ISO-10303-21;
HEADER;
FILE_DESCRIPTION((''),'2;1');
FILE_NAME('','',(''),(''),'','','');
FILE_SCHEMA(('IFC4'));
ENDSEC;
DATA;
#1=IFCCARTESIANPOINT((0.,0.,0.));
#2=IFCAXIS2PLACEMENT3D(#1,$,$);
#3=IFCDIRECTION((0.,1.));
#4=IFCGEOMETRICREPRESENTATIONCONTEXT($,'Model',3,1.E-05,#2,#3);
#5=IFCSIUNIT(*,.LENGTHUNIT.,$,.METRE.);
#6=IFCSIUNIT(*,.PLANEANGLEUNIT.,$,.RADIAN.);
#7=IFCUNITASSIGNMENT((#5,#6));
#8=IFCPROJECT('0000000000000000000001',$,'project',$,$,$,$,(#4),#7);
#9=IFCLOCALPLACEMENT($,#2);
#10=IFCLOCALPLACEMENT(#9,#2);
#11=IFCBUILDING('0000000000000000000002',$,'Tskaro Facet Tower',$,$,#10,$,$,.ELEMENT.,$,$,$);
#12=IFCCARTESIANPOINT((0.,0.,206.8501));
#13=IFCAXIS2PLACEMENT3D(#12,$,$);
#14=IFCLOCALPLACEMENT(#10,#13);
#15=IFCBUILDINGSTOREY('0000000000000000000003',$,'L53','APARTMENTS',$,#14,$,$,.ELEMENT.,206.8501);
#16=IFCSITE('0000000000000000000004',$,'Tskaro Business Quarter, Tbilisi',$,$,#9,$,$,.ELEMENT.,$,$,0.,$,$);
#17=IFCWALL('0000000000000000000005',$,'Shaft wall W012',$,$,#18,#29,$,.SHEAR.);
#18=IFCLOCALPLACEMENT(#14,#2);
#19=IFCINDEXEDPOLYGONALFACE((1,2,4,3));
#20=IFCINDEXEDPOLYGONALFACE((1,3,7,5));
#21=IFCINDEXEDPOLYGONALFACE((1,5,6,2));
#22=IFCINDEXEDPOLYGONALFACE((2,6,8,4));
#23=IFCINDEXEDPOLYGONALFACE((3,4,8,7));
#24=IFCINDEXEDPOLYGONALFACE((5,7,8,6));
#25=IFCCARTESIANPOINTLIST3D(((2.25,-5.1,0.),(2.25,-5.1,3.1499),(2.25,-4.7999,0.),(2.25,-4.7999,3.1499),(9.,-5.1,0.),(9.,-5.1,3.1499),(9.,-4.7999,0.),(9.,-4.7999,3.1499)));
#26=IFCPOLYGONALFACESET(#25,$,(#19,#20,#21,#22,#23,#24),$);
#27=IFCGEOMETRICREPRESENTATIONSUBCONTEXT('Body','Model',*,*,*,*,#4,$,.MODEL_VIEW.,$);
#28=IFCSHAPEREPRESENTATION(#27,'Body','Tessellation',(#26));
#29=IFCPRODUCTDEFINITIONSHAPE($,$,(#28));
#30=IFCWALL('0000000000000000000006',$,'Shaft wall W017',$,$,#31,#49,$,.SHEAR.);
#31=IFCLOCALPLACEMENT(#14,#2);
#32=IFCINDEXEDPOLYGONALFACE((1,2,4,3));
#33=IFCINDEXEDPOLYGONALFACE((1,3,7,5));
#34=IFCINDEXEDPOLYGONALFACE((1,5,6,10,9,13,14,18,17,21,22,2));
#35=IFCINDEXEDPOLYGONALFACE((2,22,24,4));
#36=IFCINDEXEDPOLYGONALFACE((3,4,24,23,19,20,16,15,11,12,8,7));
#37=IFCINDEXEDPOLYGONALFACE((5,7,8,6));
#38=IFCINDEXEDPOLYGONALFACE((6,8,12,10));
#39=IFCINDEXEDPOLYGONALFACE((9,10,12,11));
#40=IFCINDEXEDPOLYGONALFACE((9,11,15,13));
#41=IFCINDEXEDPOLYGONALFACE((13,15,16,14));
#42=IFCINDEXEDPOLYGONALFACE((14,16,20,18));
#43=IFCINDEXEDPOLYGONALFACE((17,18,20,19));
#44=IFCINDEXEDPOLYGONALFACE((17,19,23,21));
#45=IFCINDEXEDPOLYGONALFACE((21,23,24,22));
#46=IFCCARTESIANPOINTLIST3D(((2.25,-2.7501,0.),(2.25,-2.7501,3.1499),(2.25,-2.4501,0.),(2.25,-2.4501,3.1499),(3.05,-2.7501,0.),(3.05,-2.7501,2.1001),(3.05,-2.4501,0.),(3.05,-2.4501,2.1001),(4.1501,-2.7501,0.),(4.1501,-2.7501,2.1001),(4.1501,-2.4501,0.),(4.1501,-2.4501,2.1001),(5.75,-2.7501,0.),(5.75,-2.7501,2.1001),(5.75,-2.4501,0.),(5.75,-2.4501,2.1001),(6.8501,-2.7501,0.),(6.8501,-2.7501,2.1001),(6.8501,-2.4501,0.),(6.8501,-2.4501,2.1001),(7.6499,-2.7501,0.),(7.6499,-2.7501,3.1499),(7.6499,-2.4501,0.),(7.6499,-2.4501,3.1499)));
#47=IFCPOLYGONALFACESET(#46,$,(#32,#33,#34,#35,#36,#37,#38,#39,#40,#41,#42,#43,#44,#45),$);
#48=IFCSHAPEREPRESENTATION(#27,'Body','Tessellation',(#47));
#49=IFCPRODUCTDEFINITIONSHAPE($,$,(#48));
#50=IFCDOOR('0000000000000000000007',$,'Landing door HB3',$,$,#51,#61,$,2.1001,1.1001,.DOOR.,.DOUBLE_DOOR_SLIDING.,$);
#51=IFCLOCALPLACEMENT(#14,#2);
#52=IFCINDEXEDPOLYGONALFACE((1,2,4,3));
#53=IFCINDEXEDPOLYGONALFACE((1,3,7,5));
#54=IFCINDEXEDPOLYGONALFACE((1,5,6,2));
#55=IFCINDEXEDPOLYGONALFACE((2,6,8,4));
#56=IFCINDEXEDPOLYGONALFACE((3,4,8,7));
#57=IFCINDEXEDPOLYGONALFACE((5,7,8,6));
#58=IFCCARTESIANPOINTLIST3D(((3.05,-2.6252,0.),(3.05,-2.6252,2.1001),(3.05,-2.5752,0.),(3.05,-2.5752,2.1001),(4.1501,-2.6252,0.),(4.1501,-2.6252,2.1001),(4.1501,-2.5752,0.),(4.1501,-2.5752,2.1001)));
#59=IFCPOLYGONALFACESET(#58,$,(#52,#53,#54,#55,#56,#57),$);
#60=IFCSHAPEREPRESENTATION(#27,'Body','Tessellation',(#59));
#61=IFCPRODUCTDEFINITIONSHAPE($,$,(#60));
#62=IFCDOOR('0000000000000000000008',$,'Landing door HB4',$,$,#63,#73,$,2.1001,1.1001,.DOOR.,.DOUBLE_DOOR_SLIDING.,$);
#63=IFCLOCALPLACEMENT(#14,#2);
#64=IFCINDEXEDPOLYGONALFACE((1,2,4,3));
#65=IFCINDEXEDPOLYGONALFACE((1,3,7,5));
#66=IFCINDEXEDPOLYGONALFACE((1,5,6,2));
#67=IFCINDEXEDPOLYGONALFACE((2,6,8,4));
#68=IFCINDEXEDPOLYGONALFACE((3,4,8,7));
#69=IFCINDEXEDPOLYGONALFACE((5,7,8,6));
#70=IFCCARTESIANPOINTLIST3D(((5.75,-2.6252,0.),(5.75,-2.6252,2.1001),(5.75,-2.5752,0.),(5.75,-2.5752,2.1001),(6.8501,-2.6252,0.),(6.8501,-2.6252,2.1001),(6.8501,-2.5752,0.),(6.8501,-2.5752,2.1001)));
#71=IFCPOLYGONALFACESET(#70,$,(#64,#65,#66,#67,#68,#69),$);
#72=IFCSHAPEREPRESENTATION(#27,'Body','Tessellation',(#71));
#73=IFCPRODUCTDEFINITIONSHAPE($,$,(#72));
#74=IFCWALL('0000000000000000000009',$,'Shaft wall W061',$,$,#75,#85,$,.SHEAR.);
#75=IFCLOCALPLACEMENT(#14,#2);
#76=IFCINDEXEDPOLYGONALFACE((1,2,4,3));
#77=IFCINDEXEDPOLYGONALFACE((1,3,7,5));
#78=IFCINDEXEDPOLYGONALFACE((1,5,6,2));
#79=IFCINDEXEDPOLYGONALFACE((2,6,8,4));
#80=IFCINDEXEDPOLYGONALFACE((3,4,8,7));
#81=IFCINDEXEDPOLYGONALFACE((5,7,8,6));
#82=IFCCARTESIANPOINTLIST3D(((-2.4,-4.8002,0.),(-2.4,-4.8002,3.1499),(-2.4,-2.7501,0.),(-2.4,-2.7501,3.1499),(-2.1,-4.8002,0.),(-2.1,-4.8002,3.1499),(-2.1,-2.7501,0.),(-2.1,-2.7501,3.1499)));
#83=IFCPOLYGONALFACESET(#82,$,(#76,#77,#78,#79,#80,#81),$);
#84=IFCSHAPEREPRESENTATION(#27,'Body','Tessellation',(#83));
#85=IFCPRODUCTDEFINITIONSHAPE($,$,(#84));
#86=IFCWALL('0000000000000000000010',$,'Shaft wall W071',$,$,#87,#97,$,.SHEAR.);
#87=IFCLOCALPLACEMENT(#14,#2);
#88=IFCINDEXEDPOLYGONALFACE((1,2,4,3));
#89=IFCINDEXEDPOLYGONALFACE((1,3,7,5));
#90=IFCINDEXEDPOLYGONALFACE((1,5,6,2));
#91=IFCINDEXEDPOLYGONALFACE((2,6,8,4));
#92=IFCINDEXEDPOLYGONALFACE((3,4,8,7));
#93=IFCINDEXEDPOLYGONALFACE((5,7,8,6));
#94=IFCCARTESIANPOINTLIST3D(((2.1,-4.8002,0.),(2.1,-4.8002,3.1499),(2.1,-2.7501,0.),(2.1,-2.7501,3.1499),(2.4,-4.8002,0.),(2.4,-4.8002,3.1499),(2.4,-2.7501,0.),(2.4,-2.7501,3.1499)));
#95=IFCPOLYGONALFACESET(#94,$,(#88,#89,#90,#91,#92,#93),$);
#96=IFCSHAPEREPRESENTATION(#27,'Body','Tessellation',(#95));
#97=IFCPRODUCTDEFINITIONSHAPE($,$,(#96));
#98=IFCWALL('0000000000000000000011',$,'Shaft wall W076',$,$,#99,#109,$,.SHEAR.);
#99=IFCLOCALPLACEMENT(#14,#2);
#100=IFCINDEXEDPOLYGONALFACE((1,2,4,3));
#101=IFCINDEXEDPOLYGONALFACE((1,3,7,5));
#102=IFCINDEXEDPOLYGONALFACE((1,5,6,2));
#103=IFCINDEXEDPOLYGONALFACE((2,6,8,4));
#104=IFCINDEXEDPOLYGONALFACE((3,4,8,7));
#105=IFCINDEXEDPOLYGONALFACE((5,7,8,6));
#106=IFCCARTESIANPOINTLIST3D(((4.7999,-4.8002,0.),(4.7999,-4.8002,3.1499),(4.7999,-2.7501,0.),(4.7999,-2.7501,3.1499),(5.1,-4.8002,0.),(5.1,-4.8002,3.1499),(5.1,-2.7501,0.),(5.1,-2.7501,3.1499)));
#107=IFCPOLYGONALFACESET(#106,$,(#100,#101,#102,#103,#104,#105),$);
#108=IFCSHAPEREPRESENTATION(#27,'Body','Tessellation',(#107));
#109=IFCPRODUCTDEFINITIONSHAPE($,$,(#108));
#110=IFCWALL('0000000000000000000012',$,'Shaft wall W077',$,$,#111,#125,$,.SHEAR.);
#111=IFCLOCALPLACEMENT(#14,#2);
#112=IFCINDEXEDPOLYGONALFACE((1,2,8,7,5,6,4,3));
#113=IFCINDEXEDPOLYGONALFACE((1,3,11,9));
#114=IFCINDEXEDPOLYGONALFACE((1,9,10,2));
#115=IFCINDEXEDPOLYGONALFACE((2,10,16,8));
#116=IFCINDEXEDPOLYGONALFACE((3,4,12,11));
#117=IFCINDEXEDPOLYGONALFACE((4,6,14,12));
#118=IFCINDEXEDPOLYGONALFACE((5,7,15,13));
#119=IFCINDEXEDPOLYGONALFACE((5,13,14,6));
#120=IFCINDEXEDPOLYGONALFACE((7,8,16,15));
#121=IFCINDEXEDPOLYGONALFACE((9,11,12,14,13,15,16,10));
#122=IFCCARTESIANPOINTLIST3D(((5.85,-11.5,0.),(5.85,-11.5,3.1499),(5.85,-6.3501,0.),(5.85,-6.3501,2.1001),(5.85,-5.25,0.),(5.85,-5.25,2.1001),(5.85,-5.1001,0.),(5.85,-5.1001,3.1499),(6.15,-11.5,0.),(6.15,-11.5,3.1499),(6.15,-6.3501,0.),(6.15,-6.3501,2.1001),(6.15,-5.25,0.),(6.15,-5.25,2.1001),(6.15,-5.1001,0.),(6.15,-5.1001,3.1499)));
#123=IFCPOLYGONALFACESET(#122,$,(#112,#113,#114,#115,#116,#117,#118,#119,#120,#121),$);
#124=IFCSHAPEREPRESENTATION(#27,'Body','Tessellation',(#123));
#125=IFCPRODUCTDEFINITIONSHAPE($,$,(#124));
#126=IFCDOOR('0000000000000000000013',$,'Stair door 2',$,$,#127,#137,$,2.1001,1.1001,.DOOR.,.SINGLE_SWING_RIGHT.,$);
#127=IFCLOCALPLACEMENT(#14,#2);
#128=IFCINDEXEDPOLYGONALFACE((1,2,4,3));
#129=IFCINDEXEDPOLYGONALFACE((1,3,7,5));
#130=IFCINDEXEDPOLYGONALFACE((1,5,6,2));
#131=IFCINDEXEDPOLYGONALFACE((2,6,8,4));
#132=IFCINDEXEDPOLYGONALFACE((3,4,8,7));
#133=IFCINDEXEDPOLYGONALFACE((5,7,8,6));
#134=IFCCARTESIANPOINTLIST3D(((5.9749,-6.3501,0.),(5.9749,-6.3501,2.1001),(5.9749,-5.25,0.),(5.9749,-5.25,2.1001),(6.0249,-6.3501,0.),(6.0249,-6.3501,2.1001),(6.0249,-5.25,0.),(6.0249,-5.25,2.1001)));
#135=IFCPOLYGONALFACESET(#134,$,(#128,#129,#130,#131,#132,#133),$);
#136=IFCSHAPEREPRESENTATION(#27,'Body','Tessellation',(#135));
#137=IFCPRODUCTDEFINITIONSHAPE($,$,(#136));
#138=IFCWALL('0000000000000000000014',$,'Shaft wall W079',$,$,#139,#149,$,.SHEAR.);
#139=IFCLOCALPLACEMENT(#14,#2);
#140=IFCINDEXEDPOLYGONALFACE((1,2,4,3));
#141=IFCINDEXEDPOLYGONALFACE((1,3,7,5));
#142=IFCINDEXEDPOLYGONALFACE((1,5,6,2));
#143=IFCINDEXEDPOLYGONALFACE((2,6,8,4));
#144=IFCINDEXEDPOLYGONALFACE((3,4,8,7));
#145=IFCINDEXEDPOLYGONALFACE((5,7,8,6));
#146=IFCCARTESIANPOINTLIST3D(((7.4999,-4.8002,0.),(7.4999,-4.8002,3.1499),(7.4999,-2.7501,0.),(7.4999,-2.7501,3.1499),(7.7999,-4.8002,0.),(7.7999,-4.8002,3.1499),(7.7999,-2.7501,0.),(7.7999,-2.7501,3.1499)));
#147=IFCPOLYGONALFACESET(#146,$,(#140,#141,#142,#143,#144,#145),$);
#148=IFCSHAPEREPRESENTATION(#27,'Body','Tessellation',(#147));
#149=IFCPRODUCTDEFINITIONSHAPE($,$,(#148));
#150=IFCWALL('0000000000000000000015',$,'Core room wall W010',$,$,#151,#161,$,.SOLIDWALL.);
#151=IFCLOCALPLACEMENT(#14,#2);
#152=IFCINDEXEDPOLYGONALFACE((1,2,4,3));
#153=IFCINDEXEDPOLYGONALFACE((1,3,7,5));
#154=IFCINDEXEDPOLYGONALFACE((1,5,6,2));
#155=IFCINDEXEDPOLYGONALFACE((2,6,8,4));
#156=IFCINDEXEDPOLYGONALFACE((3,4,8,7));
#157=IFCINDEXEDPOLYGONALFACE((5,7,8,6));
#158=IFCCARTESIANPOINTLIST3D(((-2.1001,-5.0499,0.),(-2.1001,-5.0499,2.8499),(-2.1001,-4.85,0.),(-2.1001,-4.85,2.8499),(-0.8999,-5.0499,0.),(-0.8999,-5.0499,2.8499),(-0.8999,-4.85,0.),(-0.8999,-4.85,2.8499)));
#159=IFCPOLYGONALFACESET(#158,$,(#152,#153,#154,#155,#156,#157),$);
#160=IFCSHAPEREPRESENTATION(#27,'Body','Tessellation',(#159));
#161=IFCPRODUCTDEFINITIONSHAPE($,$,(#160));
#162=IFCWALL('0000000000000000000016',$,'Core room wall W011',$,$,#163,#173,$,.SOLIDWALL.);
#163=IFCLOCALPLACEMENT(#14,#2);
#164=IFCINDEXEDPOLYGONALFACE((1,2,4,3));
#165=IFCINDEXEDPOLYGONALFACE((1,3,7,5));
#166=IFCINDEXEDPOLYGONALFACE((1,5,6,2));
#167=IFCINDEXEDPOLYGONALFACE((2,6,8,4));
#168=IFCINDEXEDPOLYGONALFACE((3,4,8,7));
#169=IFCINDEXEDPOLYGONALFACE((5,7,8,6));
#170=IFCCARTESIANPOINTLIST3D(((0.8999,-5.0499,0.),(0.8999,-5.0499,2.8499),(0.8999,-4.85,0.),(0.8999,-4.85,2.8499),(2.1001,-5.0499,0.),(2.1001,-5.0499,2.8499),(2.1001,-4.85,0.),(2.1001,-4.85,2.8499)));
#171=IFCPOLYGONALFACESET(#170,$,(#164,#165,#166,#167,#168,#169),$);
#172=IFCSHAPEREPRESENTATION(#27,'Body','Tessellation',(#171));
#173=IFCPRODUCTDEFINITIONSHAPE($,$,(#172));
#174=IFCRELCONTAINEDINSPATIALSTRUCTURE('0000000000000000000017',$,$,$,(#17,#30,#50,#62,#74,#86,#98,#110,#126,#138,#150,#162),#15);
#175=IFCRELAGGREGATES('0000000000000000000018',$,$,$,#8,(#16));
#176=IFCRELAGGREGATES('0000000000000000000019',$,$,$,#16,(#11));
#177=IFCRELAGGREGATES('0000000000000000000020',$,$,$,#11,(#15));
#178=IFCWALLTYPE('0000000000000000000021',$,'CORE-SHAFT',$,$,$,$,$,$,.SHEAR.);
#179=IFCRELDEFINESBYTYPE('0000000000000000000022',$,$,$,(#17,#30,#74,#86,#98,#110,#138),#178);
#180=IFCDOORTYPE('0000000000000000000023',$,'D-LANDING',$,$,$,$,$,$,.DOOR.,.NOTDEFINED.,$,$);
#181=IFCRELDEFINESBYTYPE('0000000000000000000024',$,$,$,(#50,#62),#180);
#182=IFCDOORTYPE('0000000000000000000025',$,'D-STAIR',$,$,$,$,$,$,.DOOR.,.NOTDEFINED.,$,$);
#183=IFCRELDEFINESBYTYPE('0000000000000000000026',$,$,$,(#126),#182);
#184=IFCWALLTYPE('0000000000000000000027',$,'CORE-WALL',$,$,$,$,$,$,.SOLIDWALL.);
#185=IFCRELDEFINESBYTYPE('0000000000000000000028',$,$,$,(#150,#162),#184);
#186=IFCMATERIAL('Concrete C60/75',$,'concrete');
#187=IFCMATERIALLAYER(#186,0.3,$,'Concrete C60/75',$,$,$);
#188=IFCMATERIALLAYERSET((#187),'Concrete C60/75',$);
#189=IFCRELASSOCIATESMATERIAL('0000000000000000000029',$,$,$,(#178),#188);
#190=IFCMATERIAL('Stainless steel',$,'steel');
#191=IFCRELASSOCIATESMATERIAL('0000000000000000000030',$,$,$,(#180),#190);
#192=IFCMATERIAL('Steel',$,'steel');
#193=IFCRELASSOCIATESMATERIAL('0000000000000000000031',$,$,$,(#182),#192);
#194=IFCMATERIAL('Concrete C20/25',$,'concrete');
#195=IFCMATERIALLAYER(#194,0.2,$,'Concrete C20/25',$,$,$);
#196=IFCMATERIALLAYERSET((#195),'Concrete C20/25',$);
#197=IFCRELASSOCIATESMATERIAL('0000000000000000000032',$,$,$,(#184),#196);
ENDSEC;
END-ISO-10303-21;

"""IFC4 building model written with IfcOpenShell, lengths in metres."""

from ifc_helpers import new_model, si_unit, direction, frame, frame_2d, origin, place, context, subcontext, project, spatial, rectangle, extrude, material, layer, layer_set, type_object, element, fill, save


model = new_model("IFC4")

# Units and contexts
model_context = context("Model", 3, precision=1e-05, world=origin(), true_north=direction((0.0, 1.0)))
body_context = subcontext(model_context, "Body", "Model", "MODEL_VIEW")
ifc_project = project(units=[si_unit("LENGTHUNIT", "METRE"), si_unit("PLANEANGLEUNIT", "RADIAN")], contexts=[model_context])

# Site, building, storey
site_placement = place(None, origin())
site = spatial("IfcSite", under=ifc_project, at=site_placement, Name="Tskaro Business Quarter, Tbilisi", CompositionType="ELEMENT", RefElevation=0.0)
building_placement = place(site_placement, origin())
building = spatial("IfcBuilding", under=site, at=building_placement, Name="Tskaro Facet Tower", CompositionType="ELEMENT")
storey_placement = place(building_placement, frame((0.0, 0.0, 206.8501)))
storey = spatial("IfcBuildingStorey", under=building, at=storey_placement, Name="L53", Description="APARTMENTS", CompositionType="ELEMENT", Elevation=206.8501)

# Shared definitions
ifc_material_1 = material(Name="Concrete C60/75", Category="concrete")

# Wall
ifc_layer_1 = layer(ifc_material_1, 0.3, Name="Concrete C60/75")
ifc_layer_set_1 = layer_set([ifc_layer_1], Name="Concrete C60/75")
wall_type_1 = type_object("IfcWallType", Name="CORE-SHAFT", PredefinedType="SHEAR", material=ifc_layer_set_1)
wall_1_placement = place(storey_placement, frame((2.25, -4.95, 0.0), z_axis=(0.0, 0.0, 1.0), x_axis=(1.0, 0.0, 0.0)))
element("IfcWall", 1, at=wall_1_placement, inside=storey, type_object=wall_type_1, Name="Shaft wall W012", PredefinedType="SHEAR", context=body_context, shape_type="SweptSolid", body=[
    extrude(rectangle(XDim=6.75, YDim=0.3, at=frame_2d((3.375, 0.0))), origin(), (0.0, 0.0, 1.0), 3.1499),
])

# Wall, openings, doors
wall_2_placement = place(storey_placement, frame((2.25, -2.6001, 0.0), z_axis=(0.0, 0.0, 1.0), x_axis=(1.0, 0.0, 0.0)))
wall_2 = element("IfcWall", 2, at=wall_2_placement, inside=storey, type_object=wall_type_1, Name="Shaft wall W017", PredefinedType="SHEAR", context=body_context, shape_type="SweptSolid", body=[
    extrude(rectangle(XDim=5.3999, YDim=0.3, at=frame_2d((2.7, 0.0))), origin(), (0.0, 0.0, 1.0), 3.1499),
])
opening_1_placement = place(wall_2_placement, frame((0.8, 0.0, 0.0)))
opening_1 = element("IfcOpeningElement", 3, at=opening_1_placement, cuts=wall_2, PredefinedType="OPENING", context=body_context, shape_type="SweptSolid", body=[
    extrude(rectangle(XDim=1.1001, YDim=2.1001, at=frame_2d((0.55, 1.05))), frame((0.0, 0.1599, 0.0), z_axis=(0.0, -1.0, 0.0), x_axis=(1.0, 0.0, 0.0)), (0.0, 0.0, 1.0), 0.3201),
])
opening_2_placement = place(wall_2_placement, frame((3.5, 0.0, 0.0)))
opening_2 = element("IfcOpeningElement", 4, at=opening_2_placement, cuts=wall_2, PredefinedType="OPENING", context=body_context, shape_type="SweptSolid", body=[
    extrude(rectangle(XDim=1.1001, YDim=2.1001, at=frame_2d((0.55, 1.05))), frame((0.0, 0.1599, 0.0), z_axis=(0.0, -1.0, 0.0), x_axis=(1.0, 0.0, 0.0)), (0.0, 0.0, 1.0), 0.3201),
])
ifc_material_2 = material(Name="Stainless steel", Category="steel")
door_type_1 = type_object("IfcDoorType", Name="D-LANDING", OperationType="NOTDEFINED", PredefinedType="DOOR", material=ifc_material_2)
door_1_placement = place(opening_1_placement, origin())
door_1 = element("IfcDoor", 5, at=door_1_placement, inside=storey, type_object=door_type_1, Name="Landing door HB3", OperationType="DOUBLE_DOOR_SLIDING", OverallHeight=2.1001, OverallWidth=1.1001, PredefinedType="DOOR", context=body_context, shape_type="SweptSolid", body=[
    extrude(rectangle(XDim=1.1001, YDim=2.1001, at=frame_2d((0.55, 1.05))), frame((0.0, 0.0249, 0.0), z_axis=(0.0, -1.0, 0.0), x_axis=(1.0, 0.0, 0.0)), (0.0, 0.0, 1.0), 0.05),
])
fill(opening_1, door_1)
door_2_placement = place(opening_2_placement, origin())
door_2 = element("IfcDoor", 6, at=door_2_placement, inside=storey, type_object=door_type_1, Name="Landing door HB4", OperationType="DOUBLE_DOOR_SLIDING", OverallHeight=2.1001, OverallWidth=1.1001, PredefinedType="DOOR", context=body_context, shape_type="SweptSolid", body=[
    extrude(rectangle(XDim=1.1001, YDim=2.1001, at=frame_2d((0.55, 1.05))), frame((0.0, 0.0249, 0.0), z_axis=(0.0, -1.0, 0.0), x_axis=(1.0, 0.0, 0.0)), (0.0, 0.0, 1.0), 0.05),
])
fill(opening_2, door_2)

# Walls
for number, where, z_axis, x_axis, name in (
    (7, (-2.25, -4.8, 0.0), (0.0, 0.0, 1.0), (0.0, 1.0, 0.0), "Shaft wall W061"),
    (8, (2.25, -4.8, 0.0), (0.0, 0.0, 1.0), (0.0, 1.0, 0.0), "Shaft wall W071"),
    (9, (4.95, -4.8, 0.0), (0.0, 0.0, 1.0), (0.0, 1.0, 0.0), "Shaft wall W076"),
):
    element("IfcWall", number, at=place(storey_placement, frame(where, z_axis=z_axis, x_axis=x_axis)), inside=storey, type_object=wall_type_1, Name=name, PredefinedType="SHEAR", context=body_context, shape_type="SweptSolid", body=[
        extrude(rectangle(XDim=2.05, YDim=0.3, at=frame_2d((1.0249, 0.0))), origin(), (0.0, 0.0, 1.0), 3.1499),
    ])

# Wall, opening, door
wall_3_placement = place(storey_placement, frame((6.0, -5.1001, 0.0), z_axis=(0.0, 0.0, 1.0), x_axis=(0.0, -1.0, 0.0)))
wall_3 = element("IfcWall", 10, at=wall_3_placement, inside=storey, type_object=wall_type_1, Name="Shaft wall W077", PredefinedType="SHEAR", context=body_context, shape_type="SweptSolid", body=[
    extrude(rectangle(XDim=6.3999, YDim=0.3, at=frame_2d((3.2, 0.0))), origin(), (0.0, 0.0, 1.0), 3.1499),
])
opening_3_placement = place(wall_3_placement, frame((0.1499, 0.0, 0.0)))
opening_3 = element("IfcOpeningElement", 11, at=opening_3_placement, cuts=wall_3, PredefinedType="OPENING", context=body_context, shape_type="SweptSolid", body=[
    extrude(rectangle(XDim=1.1001, YDim=2.1001, at=frame_2d((0.55, 1.05))), frame((0.0, 0.1599, 0.0), z_axis=(0.0, -1.0, 0.0), x_axis=(1.0, 0.0, 0.0)), (0.0, 0.0, 1.0), 0.3201),
])
ifc_material_3 = material(Name="Steel", Category="steel")
door_type_2 = type_object("IfcDoorType", Name="D-STAIR", OperationType="NOTDEFINED", PredefinedType="DOOR", material=ifc_material_3)
door_3_placement = place(opening_3_placement, origin())
door_3 = element("IfcDoor", 12, at=door_3_placement, inside=storey, type_object=door_type_2, Name="Stair door 2", OperationType="SINGLE_SWING_RIGHT", OverallHeight=2.1001, OverallWidth=1.1001, PredefinedType="DOOR", context=body_context, shape_type="SweptSolid", body=[
    extrude(rectangle(XDim=1.1001, YDim=2.1001, at=frame_2d((0.55, 1.05))), frame((0.0, 0.0249, 0.0), z_axis=(0.0, -1.0, 0.0), x_axis=(1.0, 0.0, 0.0)), (0.0, 0.0, 1.0), 0.05),
])
fill(opening_3, door_3)

# Walls
wall_4_placement = place(storey_placement, frame((7.6499, -4.8, 0.0), z_axis=(0.0, 0.0, 1.0), x_axis=(0.0, 1.0, 0.0)))
element("IfcWall", 13, at=wall_4_placement, inside=storey, type_object=wall_type_1, Name="Shaft wall W079", PredefinedType="SHEAR", context=body_context, shape_type="SweptSolid", body=[
    extrude(rectangle(XDim=2.05, YDim=0.3, at=frame_2d((1.0249, 0.0))), origin(), (0.0, 0.0, 1.0), 3.1499),
])
ifc_material_4 = material(Name="Concrete C20/25", Category="concrete")
ifc_layer_2 = layer(ifc_material_4, 0.2, Name="Concrete C20/25")
ifc_layer_set_2 = layer_set([ifc_layer_2], Name="Concrete C20/25")
wall_type_2 = type_object("IfcWallType", Name="CORE-WALL", PredefinedType="SOLIDWALL", material=ifc_layer_set_2)
for number, where, z_axis, x_axis, name in (
    (14, (-2.1001, -4.95, 0.0), (0.0, 0.0, 1.0), (1.0, 0.0, 0.0), "Core room wall W010"),
    (15, (0.8999, -4.95, 0.0), (0.0, 0.0, 1.0), (1.0, 0.0, 0.0), "Core room wall W011"),
):
    element("IfcWall", number, at=place(storey_placement, frame(where, z_axis=z_axis, x_axis=x_axis)), inside=storey, type_object=wall_type_2, Name=name, PredefinedType="SOLIDWALL", context=body_context, shape_type="SweptSolid", body=[
        extrude(rectangle(XDim=1.2002, YDim=0.2, at=frame_2d((0.6001, 0.0))), origin(), (0.0, 0.0, 1.0), 2.8499),
    ])

save(model, "model.ifc")
